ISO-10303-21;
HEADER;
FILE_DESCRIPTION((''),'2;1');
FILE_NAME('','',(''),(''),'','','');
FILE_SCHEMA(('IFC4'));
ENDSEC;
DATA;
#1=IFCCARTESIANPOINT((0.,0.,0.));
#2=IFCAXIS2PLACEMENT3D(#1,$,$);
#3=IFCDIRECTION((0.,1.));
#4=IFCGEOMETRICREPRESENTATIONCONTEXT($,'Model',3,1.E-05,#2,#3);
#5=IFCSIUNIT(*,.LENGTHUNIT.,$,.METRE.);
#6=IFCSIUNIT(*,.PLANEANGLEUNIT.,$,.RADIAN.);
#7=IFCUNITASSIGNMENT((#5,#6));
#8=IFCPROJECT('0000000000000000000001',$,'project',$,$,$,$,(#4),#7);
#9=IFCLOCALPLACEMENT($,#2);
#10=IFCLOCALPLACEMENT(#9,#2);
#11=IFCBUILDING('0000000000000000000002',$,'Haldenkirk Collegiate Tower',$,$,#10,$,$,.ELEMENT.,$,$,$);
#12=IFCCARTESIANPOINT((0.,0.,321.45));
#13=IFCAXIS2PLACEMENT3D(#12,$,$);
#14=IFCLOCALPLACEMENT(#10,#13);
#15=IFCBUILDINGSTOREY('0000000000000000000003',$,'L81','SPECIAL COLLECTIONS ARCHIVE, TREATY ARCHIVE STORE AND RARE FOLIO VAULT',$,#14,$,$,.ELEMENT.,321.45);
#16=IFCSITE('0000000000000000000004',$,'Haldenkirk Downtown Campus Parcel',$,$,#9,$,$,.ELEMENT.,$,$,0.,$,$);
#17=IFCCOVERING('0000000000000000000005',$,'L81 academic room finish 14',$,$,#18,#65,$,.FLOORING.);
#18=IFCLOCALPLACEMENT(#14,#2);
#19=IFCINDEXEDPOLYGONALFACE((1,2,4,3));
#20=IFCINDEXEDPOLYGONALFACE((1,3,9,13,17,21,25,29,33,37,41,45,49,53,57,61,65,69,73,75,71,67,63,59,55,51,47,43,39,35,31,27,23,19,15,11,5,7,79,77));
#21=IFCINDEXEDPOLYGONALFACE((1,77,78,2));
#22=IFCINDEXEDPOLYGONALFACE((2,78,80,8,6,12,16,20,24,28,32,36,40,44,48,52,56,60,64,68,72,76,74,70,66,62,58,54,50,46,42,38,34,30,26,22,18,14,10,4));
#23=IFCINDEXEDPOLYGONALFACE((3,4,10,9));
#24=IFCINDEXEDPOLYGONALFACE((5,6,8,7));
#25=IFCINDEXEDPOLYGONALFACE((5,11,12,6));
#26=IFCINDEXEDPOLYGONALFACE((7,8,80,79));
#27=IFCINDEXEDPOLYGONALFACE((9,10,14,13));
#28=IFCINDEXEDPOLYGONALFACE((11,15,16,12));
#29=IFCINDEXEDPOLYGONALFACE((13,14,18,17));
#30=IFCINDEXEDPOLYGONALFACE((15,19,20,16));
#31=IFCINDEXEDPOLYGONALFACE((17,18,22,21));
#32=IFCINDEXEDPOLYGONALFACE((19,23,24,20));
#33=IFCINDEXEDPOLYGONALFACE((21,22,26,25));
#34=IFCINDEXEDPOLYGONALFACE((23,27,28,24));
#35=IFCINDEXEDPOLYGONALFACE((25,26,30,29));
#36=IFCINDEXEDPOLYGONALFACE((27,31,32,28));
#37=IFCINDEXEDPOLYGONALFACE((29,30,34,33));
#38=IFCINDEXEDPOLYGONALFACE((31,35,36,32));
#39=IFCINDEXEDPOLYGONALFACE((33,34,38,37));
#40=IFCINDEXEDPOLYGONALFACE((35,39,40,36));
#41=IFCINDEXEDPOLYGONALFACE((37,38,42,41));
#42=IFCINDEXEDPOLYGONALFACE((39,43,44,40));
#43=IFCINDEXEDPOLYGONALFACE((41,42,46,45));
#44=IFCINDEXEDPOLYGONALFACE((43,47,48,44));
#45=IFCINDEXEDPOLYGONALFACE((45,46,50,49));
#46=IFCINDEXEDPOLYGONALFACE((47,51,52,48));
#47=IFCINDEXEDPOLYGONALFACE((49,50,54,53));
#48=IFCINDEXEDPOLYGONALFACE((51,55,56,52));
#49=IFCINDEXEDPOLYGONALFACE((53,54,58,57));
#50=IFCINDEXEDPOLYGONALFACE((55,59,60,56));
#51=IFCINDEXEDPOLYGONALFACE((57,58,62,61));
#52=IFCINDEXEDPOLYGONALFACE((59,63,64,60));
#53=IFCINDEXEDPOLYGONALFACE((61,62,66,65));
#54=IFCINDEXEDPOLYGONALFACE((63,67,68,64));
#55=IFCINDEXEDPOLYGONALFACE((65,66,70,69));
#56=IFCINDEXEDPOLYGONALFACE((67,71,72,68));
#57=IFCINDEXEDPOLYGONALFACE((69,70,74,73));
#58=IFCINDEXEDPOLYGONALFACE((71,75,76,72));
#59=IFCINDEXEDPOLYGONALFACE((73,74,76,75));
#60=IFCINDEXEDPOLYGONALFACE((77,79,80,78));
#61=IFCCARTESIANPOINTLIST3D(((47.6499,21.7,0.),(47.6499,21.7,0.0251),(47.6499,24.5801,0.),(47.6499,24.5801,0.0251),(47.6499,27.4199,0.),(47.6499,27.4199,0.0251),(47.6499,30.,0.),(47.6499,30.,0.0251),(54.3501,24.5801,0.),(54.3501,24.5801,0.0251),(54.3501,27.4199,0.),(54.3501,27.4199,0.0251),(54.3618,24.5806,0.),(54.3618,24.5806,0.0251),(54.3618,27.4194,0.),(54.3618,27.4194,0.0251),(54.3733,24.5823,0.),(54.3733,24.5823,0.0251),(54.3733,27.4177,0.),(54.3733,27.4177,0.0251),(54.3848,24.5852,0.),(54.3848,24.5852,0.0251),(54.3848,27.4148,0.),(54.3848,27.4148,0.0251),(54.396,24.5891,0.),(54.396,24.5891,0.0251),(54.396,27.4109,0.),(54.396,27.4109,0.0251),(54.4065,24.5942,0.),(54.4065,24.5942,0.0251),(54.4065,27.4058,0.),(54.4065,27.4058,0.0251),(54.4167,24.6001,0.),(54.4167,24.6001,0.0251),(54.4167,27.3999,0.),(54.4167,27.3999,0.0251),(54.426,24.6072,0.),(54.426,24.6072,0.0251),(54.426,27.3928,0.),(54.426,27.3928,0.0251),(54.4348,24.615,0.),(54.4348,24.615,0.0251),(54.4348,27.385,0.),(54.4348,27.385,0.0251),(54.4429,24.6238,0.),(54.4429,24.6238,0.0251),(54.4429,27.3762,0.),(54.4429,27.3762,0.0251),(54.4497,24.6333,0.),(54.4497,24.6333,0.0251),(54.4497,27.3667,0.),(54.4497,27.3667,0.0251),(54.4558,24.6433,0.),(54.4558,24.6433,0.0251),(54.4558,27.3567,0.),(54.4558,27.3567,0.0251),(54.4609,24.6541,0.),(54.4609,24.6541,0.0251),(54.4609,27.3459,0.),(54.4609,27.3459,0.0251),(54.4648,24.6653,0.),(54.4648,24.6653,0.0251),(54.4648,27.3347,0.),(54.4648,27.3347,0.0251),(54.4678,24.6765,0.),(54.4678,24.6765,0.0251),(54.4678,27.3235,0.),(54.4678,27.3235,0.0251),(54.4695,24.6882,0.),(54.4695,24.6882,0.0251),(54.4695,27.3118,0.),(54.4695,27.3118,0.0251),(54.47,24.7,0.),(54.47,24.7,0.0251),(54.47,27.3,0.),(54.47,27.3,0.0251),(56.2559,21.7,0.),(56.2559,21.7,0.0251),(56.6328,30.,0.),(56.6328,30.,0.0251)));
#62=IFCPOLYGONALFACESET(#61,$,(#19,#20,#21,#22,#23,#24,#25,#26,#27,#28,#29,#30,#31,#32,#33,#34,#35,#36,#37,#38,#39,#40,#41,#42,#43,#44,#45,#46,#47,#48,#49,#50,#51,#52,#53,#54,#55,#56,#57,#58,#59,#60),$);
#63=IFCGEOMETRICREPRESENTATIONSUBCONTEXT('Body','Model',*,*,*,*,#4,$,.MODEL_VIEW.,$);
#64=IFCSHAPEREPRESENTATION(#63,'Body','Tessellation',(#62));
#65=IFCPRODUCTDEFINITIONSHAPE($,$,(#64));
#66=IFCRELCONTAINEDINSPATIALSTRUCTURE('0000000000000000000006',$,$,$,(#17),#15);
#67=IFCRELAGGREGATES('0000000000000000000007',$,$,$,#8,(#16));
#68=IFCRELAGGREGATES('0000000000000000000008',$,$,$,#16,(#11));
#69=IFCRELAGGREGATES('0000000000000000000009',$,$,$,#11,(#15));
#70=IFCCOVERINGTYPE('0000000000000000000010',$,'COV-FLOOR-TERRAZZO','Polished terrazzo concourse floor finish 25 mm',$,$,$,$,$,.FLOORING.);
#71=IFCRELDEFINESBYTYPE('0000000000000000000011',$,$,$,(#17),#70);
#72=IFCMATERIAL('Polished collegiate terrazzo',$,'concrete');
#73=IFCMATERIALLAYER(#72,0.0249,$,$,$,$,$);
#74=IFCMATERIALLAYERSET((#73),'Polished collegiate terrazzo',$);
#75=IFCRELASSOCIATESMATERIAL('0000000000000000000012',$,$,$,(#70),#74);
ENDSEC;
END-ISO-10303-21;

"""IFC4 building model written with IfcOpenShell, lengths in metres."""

from ifc_helpers import new_model, si_unit, direction, frame, origin, place, context, subcontext, project, spatial, polyline, outline, extrude, material, layer, layer_set, type_object, element, save


model = new_model("IFC4")

# Units and contexts
model_context = context("Model", 3, precision=1e-05, world=origin(), true_north=direction((0.0, 1.0)))
body_context = subcontext(model_context, "Body", "Model", "MODEL_VIEW")
ifc_project = project(units=[si_unit("LENGTHUNIT", "METRE"), si_unit("PLANEANGLEUNIT", "RADIAN")], contexts=[model_context])

# Site, building, storey
site_placement = place(None, origin())
site = spatial("IfcSite", under=ifc_project, at=site_placement, Name="Haldenkirk Downtown Campus Parcel", CompositionType="ELEMENT", RefElevation=0.0)
building_placement = place(site_placement, origin())
building = spatial("IfcBuilding", under=site, at=building_placement, Name="Haldenkirk Collegiate Tower", CompositionType="ELEMENT")
storey_placement = place(building_placement, frame((0.0, 0.0, 321.45)))
storey = spatial("IfcBuildingStorey", under=building, at=storey_placement, Name="L81", Description="SPECIAL COLLECTIONS ARCHIVE, TREATY ARCHIVE STORE AND RARE FOLIO VAULT", CompositionType="ELEMENT", Elevation=321.45)

# Covering
ifc_material_1 = material(Name="Polished collegiate terrazzo", Category="concrete")
ifc_layer_1 = layer(ifc_material_1, 0.0249)
ifc_layer_set_1 = layer_set([ifc_layer_1], Name="Polished collegiate terrazzo")
covering_type_1 = type_object("IfcCoveringType", Name="COV-FLOOR-TERRAZZO", Description="Polished terrazzo concourse floor finish 25 mm", PredefinedType="FLOORING", material=ifc_layer_set_1)
covering_1_placement = place(storey_placement, origin())
element("IfcCovering", 1, at=covering_1_placement, inside=storey, type_object=covering_type_1, Name="L81 academic room finish 14", PredefinedType="FLOORING", context=body_context, shape_type="SweptSolid", body=[
    extrude(outline(polyline([(54.3501, 24.5801), (54.3618, 24.5806), (54.3733, 24.5823), (54.3848, 24.5852), (54.396, 24.5891), (54.4065, 24.5942), (54.4167, 24.6001), (54.426, 24.6072), (54.4348, 24.615), (54.4429, 24.6238), (54.4497, 24.6333), (54.4558, 24.6433), (54.4609, 24.6541), (54.4648, 24.6653), (54.4678, 24.6765), (54.4695, 24.6882), (54.47, 24.7), (54.47, 27.3), (54.4695, 27.3118), (54.4678, 27.3235), (54.4648, 27.3347), (54.4609, 27.3459), (54.4558, 27.3567), (54.4497, 27.3667), (54.4429, 27.3762), (54.4348, 27.385), (54.426, 27.3928), (54.4167, 27.3999), (54.4065, 27.4058), (54.396, 27.4109), (54.3848, 27.4148), (54.3733, 27.4177), (54.3618, 27.4194), (54.3501, 27.4199), (47.6499, 27.4199), (47.6499, 30.0), (56.6328, 30.0), (56.2559, 21.7), (47.6499, 21.7), (47.6499, 24.5801), (54.3501, 24.5801)])), origin(), (0.0, 0.0, 1.0), 0.0251),
])

save(model, "model.ifc")
